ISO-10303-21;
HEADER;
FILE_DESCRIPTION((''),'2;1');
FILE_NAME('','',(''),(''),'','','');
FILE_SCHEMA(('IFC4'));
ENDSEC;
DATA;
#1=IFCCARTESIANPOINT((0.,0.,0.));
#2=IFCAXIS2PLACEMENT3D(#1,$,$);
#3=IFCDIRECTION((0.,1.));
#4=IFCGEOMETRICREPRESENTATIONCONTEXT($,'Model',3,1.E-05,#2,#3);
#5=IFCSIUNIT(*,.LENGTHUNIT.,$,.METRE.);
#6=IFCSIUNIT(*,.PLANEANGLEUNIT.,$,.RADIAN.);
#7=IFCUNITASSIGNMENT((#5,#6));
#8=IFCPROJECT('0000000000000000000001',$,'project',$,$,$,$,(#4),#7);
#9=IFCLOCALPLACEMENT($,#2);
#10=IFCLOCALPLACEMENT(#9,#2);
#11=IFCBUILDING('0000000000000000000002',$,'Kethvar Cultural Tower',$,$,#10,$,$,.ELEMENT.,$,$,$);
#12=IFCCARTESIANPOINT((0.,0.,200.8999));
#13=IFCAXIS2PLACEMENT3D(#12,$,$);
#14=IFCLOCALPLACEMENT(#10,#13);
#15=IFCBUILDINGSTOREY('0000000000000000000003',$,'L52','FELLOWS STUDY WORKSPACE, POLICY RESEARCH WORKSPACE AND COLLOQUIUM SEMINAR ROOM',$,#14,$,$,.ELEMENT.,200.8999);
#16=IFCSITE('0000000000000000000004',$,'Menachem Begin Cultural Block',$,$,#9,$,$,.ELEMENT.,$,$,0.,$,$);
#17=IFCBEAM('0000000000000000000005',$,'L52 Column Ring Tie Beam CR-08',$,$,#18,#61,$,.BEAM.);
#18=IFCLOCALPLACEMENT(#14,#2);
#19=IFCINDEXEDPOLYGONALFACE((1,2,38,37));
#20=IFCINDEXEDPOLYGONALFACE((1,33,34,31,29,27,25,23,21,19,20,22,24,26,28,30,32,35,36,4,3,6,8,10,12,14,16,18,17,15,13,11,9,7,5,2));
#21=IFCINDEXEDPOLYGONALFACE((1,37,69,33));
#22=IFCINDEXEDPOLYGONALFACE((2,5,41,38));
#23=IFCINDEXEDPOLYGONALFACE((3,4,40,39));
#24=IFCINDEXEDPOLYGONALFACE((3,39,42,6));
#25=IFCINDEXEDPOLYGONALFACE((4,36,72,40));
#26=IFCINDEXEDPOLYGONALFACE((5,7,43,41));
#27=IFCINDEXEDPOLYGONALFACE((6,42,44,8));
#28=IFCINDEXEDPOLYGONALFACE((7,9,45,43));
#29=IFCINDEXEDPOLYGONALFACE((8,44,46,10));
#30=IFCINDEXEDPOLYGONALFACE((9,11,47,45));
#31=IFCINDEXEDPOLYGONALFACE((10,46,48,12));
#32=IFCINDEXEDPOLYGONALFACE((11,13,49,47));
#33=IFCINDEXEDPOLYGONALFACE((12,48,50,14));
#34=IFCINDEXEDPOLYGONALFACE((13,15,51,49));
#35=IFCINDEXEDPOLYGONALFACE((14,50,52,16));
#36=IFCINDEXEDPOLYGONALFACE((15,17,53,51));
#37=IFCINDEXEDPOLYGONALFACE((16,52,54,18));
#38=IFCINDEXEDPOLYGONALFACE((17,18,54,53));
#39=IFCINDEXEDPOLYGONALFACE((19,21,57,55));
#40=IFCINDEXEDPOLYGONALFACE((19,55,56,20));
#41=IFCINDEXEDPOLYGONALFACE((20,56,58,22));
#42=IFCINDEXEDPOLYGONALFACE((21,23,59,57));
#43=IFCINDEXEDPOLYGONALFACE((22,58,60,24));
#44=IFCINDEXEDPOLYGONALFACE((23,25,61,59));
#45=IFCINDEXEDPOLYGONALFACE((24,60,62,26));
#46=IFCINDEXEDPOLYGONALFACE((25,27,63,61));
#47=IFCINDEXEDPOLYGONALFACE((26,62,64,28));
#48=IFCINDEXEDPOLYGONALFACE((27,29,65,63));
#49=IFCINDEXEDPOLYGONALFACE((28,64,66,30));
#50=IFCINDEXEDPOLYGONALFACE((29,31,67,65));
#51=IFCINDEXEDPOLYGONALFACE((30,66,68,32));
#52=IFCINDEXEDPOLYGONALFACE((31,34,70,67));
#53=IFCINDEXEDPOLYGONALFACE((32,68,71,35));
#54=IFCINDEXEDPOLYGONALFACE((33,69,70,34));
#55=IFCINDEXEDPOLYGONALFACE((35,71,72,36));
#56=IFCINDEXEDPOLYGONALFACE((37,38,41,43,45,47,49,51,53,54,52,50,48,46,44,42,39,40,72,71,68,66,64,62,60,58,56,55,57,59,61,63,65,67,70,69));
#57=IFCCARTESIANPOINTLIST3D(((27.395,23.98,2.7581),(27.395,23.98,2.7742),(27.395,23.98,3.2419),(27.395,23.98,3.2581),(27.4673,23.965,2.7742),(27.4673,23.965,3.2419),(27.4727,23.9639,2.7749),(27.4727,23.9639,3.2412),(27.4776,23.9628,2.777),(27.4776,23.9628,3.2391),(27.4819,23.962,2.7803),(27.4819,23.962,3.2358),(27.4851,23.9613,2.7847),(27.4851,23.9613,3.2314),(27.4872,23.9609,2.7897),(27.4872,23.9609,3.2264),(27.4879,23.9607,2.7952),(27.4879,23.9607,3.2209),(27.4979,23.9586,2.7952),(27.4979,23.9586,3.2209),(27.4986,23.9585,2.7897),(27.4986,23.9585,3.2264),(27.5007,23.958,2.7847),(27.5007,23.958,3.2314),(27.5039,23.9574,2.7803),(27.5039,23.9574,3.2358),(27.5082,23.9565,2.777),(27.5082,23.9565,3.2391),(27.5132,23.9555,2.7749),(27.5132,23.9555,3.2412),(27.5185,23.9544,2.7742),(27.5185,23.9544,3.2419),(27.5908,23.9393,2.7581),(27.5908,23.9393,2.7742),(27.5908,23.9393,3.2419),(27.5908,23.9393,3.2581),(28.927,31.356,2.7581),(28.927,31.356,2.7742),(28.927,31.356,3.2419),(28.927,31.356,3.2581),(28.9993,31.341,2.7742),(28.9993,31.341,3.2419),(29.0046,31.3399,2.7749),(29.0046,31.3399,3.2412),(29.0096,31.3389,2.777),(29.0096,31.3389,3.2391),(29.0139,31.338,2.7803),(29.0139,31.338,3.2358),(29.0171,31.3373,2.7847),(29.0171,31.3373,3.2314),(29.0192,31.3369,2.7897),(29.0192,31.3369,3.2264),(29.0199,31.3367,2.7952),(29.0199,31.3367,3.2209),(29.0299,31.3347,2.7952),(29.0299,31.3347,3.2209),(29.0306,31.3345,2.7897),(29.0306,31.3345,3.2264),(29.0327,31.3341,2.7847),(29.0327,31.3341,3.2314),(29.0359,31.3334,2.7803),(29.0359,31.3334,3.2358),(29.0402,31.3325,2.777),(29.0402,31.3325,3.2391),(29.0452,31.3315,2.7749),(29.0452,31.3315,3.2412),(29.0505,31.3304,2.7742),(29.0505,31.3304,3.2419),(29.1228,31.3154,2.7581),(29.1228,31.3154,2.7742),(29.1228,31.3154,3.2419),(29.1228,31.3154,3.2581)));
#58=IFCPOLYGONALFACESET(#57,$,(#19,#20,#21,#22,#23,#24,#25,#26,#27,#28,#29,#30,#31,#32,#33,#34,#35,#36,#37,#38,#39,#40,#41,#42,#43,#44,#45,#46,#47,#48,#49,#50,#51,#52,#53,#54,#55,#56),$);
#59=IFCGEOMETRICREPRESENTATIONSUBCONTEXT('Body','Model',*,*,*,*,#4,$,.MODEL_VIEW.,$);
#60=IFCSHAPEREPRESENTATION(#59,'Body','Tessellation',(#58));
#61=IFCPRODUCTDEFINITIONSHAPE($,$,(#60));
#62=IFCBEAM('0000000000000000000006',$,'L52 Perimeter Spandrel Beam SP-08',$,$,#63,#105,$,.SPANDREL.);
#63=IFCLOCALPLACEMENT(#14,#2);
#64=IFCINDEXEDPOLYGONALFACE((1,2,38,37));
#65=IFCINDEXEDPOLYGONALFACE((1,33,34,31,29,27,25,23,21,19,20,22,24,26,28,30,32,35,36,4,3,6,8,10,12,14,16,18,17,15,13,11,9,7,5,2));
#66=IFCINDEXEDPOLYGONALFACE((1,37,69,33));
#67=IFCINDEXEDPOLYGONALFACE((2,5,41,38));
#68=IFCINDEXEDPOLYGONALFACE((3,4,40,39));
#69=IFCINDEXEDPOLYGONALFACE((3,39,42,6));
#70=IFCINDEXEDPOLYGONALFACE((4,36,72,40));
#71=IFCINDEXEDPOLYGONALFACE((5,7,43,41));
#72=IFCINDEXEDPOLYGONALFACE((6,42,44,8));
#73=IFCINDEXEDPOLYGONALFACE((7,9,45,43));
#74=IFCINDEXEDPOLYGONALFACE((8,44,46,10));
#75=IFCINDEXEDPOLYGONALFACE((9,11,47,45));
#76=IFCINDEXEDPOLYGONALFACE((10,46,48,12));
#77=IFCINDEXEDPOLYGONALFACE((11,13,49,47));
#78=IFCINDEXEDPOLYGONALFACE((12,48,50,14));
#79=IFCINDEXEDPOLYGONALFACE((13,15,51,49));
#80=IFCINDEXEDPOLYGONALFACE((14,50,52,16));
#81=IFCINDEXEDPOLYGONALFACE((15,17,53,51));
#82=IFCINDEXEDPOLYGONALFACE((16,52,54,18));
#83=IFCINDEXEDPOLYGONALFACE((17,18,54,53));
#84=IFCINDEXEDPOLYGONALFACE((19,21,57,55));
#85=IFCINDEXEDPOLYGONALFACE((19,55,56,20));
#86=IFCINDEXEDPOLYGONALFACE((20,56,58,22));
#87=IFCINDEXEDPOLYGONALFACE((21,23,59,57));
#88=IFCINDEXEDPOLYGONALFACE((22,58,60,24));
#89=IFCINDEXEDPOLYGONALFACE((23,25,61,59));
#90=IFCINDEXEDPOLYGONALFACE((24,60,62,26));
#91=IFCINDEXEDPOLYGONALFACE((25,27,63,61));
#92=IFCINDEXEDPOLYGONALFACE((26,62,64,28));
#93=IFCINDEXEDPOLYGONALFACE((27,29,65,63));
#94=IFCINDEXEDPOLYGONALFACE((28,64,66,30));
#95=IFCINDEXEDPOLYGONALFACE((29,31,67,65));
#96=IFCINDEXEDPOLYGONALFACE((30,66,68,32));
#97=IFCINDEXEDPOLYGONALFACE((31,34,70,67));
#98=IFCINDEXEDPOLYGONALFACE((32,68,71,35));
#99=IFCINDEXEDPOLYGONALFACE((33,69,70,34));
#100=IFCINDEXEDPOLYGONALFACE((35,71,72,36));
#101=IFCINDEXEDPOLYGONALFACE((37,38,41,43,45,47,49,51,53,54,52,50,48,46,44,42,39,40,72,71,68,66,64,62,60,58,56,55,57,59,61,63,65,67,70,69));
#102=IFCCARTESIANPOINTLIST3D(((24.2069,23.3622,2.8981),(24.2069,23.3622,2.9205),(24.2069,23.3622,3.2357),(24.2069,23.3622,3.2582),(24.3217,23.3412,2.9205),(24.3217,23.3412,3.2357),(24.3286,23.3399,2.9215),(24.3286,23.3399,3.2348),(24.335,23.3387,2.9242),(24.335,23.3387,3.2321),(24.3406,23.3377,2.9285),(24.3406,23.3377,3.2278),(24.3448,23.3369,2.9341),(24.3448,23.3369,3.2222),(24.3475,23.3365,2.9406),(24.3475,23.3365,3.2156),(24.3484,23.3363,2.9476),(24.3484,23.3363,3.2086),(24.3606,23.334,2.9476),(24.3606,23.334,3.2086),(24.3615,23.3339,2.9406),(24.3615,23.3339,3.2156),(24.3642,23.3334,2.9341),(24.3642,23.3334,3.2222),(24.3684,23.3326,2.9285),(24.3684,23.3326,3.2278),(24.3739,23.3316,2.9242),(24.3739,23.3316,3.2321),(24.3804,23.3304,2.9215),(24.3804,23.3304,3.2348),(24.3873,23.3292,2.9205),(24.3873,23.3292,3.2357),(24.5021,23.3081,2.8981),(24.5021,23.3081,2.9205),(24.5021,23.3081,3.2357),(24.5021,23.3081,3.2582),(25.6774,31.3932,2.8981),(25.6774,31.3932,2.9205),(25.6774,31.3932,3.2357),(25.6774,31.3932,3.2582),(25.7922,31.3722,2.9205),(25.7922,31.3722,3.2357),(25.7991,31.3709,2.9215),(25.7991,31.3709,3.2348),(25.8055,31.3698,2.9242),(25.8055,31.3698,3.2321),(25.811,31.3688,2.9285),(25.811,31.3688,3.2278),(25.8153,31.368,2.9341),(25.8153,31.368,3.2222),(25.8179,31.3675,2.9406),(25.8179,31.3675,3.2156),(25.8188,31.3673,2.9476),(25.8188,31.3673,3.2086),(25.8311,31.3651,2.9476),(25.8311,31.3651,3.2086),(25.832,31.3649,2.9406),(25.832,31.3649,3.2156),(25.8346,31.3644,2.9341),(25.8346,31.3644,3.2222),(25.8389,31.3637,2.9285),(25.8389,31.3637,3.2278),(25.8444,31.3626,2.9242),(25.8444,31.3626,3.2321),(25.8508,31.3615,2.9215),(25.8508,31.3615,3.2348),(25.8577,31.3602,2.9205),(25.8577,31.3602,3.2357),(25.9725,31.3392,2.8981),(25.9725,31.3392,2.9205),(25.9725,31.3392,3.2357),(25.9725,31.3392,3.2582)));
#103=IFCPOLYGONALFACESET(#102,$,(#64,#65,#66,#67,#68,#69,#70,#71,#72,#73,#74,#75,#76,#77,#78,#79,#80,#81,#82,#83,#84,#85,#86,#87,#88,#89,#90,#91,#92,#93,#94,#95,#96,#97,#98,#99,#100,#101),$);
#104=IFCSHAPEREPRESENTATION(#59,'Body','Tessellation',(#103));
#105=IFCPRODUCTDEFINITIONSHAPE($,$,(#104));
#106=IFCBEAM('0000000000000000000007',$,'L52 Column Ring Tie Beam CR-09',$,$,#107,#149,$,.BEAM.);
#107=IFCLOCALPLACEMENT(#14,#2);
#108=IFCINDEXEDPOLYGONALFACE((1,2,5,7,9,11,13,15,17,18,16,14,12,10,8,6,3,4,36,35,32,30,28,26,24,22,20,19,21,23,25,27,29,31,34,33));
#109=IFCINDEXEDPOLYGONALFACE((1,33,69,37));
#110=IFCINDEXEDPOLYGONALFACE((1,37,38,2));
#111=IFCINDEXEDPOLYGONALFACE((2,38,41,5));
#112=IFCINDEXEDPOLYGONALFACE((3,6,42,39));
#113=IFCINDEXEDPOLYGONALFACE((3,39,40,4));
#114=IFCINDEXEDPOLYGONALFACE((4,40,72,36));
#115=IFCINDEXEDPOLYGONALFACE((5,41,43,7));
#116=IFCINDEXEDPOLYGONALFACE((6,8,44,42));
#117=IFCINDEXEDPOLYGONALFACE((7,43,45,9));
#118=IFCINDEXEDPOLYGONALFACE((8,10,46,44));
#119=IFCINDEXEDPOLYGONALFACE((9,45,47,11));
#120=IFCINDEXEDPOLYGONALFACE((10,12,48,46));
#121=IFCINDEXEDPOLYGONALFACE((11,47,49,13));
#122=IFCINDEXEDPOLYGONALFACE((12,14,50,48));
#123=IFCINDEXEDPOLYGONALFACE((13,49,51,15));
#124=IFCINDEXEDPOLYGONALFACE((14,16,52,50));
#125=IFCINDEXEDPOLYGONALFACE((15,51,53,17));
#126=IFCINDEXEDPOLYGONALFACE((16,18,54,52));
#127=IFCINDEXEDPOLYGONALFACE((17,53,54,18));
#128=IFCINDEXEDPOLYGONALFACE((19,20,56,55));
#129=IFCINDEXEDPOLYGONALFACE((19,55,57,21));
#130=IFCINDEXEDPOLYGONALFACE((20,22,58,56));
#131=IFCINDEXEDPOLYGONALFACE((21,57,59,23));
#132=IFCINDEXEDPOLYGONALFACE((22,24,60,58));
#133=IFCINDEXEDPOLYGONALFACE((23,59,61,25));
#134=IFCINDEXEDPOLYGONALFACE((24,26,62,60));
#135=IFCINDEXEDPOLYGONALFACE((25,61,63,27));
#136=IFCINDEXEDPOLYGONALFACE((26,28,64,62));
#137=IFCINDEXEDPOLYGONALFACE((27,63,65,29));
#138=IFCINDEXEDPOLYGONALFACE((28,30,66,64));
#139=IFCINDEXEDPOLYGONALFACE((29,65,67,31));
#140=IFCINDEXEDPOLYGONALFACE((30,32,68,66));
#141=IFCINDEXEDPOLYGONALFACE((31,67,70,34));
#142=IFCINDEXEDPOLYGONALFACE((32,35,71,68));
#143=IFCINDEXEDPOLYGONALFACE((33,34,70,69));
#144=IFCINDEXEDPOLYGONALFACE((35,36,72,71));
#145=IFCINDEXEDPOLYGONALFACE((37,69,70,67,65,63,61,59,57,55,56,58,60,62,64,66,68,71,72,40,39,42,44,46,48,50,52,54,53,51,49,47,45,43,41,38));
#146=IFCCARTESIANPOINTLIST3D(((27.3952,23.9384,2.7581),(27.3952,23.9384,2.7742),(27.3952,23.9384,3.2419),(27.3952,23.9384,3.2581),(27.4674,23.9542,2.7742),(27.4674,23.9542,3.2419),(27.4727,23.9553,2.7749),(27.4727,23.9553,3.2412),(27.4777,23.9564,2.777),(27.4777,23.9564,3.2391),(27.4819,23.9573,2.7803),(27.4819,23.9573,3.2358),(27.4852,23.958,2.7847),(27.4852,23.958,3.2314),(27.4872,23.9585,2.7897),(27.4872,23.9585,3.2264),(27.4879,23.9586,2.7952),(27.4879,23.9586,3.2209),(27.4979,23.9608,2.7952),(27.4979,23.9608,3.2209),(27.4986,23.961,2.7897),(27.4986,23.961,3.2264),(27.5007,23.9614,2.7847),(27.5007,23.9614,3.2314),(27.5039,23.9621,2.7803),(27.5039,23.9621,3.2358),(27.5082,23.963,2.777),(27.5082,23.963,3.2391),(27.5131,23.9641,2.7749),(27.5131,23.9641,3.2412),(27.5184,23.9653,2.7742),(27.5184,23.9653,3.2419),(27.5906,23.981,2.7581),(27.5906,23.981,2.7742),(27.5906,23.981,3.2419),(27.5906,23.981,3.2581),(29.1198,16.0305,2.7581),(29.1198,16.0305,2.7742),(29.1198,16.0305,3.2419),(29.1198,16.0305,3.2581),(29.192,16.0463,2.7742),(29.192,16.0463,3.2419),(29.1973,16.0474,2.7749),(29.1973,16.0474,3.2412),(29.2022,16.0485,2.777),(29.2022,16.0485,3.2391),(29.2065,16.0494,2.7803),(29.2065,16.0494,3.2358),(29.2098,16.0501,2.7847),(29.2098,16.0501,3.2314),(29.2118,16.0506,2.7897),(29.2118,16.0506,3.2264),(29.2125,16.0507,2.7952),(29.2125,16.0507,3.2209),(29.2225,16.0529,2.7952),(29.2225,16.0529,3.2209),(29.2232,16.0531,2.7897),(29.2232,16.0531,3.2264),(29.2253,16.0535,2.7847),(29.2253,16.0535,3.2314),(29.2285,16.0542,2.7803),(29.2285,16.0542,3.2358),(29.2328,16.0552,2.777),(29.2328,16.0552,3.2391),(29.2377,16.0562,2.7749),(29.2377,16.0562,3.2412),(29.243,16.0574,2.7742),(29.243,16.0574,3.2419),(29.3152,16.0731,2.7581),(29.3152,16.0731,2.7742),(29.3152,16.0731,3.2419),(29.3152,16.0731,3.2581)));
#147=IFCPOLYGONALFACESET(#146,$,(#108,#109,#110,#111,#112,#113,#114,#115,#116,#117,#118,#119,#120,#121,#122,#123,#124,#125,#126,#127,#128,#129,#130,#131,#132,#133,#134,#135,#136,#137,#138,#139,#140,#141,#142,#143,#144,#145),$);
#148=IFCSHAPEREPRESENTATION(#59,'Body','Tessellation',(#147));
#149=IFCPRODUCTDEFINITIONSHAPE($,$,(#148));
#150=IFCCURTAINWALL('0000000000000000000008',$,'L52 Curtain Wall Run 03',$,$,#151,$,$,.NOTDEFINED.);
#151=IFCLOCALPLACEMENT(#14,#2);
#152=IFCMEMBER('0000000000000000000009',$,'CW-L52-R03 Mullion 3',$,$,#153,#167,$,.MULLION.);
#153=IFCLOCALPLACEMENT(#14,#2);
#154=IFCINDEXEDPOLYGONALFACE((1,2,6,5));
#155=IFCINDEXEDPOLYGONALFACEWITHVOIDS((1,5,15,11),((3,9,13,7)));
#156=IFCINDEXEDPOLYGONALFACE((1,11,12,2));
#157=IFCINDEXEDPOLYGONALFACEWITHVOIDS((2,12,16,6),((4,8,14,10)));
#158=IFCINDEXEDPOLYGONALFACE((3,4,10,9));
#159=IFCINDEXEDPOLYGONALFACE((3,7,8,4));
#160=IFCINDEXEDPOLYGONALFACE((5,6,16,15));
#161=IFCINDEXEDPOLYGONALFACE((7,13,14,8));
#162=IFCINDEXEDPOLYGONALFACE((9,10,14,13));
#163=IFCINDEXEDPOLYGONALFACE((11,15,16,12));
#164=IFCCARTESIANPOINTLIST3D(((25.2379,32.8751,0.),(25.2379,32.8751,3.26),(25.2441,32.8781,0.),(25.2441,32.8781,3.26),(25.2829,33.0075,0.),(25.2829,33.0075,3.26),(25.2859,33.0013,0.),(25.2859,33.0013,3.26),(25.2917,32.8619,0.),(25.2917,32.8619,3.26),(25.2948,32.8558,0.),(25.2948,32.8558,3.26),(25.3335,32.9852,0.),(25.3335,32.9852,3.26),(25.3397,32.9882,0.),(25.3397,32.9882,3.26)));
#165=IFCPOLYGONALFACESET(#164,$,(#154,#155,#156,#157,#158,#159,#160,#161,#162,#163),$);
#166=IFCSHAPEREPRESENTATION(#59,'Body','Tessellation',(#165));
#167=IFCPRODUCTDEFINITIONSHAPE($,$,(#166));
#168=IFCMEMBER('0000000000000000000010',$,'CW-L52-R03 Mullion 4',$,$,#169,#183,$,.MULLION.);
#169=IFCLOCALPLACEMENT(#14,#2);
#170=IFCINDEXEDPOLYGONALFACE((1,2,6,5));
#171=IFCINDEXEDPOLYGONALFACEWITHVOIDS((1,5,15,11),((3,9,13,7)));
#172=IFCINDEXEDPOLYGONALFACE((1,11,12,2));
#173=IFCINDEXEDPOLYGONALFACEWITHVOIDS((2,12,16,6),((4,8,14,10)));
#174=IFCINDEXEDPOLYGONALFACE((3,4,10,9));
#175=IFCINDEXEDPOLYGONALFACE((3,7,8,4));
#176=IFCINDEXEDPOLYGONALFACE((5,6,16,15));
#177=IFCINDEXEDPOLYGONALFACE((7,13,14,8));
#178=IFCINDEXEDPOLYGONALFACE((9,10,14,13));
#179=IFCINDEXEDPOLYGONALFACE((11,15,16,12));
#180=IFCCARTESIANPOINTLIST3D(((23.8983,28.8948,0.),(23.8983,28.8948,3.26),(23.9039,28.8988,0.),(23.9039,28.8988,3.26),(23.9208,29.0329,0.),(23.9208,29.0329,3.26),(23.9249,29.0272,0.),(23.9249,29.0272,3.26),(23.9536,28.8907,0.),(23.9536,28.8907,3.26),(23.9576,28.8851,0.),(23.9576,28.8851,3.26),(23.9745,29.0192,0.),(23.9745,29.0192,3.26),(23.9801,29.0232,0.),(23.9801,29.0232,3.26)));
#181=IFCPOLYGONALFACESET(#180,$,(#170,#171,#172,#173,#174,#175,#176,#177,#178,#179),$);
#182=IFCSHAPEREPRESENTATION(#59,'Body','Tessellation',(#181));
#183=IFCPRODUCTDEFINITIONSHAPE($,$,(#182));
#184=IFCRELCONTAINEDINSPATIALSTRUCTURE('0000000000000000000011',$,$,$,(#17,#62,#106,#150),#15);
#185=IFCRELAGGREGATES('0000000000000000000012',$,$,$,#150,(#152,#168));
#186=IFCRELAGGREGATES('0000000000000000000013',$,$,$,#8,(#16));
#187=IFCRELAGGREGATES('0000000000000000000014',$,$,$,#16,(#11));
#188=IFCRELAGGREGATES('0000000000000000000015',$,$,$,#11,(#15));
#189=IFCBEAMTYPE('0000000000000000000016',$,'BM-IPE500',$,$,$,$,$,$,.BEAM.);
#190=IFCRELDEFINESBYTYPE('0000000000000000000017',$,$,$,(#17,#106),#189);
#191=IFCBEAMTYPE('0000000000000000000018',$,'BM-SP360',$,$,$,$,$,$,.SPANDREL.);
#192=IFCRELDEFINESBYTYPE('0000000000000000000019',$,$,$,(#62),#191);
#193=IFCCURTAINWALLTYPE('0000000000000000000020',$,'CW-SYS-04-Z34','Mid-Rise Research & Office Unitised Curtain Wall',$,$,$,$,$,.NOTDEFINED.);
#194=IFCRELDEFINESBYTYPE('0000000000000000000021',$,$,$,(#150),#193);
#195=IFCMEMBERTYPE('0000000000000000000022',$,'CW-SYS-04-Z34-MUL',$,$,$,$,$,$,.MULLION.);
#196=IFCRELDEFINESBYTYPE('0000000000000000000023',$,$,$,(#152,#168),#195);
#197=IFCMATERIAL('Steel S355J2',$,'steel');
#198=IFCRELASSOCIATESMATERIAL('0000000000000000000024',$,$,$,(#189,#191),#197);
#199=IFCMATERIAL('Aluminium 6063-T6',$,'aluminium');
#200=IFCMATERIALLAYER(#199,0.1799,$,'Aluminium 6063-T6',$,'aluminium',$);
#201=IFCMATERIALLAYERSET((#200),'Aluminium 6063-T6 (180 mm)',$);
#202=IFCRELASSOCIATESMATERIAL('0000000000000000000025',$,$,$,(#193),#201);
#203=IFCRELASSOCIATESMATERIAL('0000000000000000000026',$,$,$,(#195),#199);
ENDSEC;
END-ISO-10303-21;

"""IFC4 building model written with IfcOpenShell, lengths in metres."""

from ifc_helpers import new_model, si_unit, direction, frame, origin, origin_2d, place, context, subcontext, project, spatial, hollow_rectangle, i_section, extrude, source, transform, mapped, material, layer, layer_set, material_profile, profile_set, type_object, element, aggregate, save


model = new_model("IFC4")

# Units and contexts
model_context = context("Model", 3, precision=1e-05, world=origin(), true_north=direction((0.0, 1.0)))
body_context = subcontext(model_context, "Body", "Model", "MODEL_VIEW")
ifc_project = project(units=[si_unit("LENGTHUNIT", "METRE"), si_unit("PLANEANGLEUNIT", "RADIAN")], contexts=[model_context])

# Site, building, storey
site_placement = place(None, origin())
site = spatial("IfcSite", under=ifc_project, at=site_placement, Name="Menachem Begin Cultural Block", CompositionType="ELEMENT", RefElevation=0.0)
building_placement = place(site_placement, origin())
building = spatial("IfcBuilding", under=site, at=building_placement, Name="Kethvar Cultural Tower", CompositionType="ELEMENT")
storey_placement = place(building_placement, frame((0.0, 0.0, 200.8999)))
storey = spatial("IfcBuildingStorey", under=building, at=storey_placement, Name="L52", Description="FELLOWS STUDY WORKSPACE, POLICY RESEARCH WORKSPACE AND COLLOQUIUM SEMINAR ROOM", CompositionType="ELEMENT", Elevation=200.8999)

# Beams
ifc_material_1 = material(Name="Steel S355J2", Category="steel")
ifc_material_profile_1 = material_profile(ifc_material_1, i_section(OverallWidth=0.2, OverallDepth=0.5, WebThickness=0.0103, FlangeThickness=0.0161, FilletRadius=0.021, at=origin_2d()), Name="Steel S355J2 — IPE500")
ifc_profile_set_1 = profile_set([ifc_material_profile_1], Name="Steel S355J2 — IPE500")
beam_type_1 = type_object("IfcBeamType", Name="BM-IPE500", PredefinedType="BEAM", material=ifc_profile_set_1)
shared_shape_1 = source(origin(), body_context, "Body", "SweptSolid", [
    extrude(i_section(OverallWidth=0.2, OverallDepth=0.5, WebThickness=0.0103, FlangeThickness=0.0161, FilletRadius=0.021, at=origin_2d()), origin(), (0.0, 0.0, 1.0), 7.5334),
])
beam_1_placement = place(storey_placement, frame((29.0249, 31.3357, 3.0081), z_axis=(-0.203359, -0.979104, 0.0), x_axis=(0.979104, -0.203359, 0.0)))
element("IfcBeam", 1, at=beam_1_placement, inside=storey, type_object=beam_type_1, Name="L52 Column Ring Tie Beam CR-08", PredefinedType="BEAM", context=body_context, shape_type="MappedRepresentation", body=[
    mapped(shared_shape_1, transform((0.0, 0.0, 0.0), scale=1.0)),
])
ifc_material_profile_2 = material_profile(ifc_material_1, i_section(OverallWidth=0.3, OverallDepth=0.3601, WebThickness=0.0125, FlangeThickness=0.0225, FilletRadius=0.0271, at=origin_2d()), Name="Steel S355J2 — HEB360")
ifc_profile_set_2 = profile_set([ifc_material_profile_2], Name="Steel S355J2 — HEB360")
beam_type_2 = type_object("IfcBeamType", Name="BM-SP360", PredefinedType="SPANDREL", material=ifc_profile_set_2)
shared_shape_2 = source(origin(), body_context, "Body", "SweptSolid", [
    extrude(i_section(OverallWidth=0.3, OverallDepth=0.3601, WebThickness=0.0125, FlangeThickness=0.0225, FilletRadius=0.0271, at=origin_2d()), origin(), (0.0, 0.0, 1.0), 8.1646),
])
beam_2_placement = place(storey_placement, frame((25.825, 31.3662, 3.0781), z_axis=(-0.180104, -0.983648, 0.0), x_axis=(0.983648, -0.180104, 0.0)))
element("IfcBeam", 2, at=beam_2_placement, inside=storey, type_object=beam_type_2, Name="L52 Perimeter Spandrel Beam SP-08", PredefinedType="SPANDREL", context=body_context, shape_type="MappedRepresentation", body=[
    mapped(shared_shape_2, transform((0.0, 0.0, 0.0), scale=1.0)),
])
shared_shape_3 = source(origin(), body_context, "Body", "SweptSolid", [
    extrude(i_section(OverallWidth=0.2, OverallDepth=0.5, WebThickness=0.0103, FlangeThickness=0.0161, FilletRadius=0.021, at=origin_2d()), origin(), (0.0, 0.0, 1.0), 8.0938),
])
beam_3_placement = place(storey_placement, frame((27.4929, 23.9597, 3.0081), z_axis=(0.213077, -0.977035, 0.0), x_axis=(0.977035, 0.213077, 0.0)))
element("IfcBeam", 3, at=beam_3_placement, inside=storey, type_object=beam_type_1, Name="L52 Column Ring Tie Beam CR-09", PredefinedType="BEAM", context=body_context, shape_type="MappedRepresentation", body=[
    mapped(shared_shape_3, transform((0.0, 0.0, 0.0), scale=1.0)),
])

# Curtain wall, members
ifc_material_2 = material(Name="Aluminium 6063-T6", Category="aluminium")
ifc_layer_1 = layer(ifc_material_2, 0.1799, Name="Aluminium 6063-T6", Category="aluminium")
ifc_layer_set_1 = layer_set([ifc_layer_1], Name="Aluminium 6063-T6 (180 mm)")
curtain_wall_type = type_object("IfcCurtainWallType", Name="CW-SYS-04-Z34", Description="Mid-Rise Research & Office Unitised Curtain Wall", PredefinedType="NOTDEFINED", material=ifc_layer_set_1)
curtain_wall_placement = place(storey_placement, origin())
curtain_wall = element("IfcCurtainWall", 4, at=curtain_wall_placement, inside=storey, type_object=curtain_wall_type, Name="L52 Curtain Wall Run 03", PredefinedType="NOTDEFINED")
ifc_material_profile_3 = material_profile(ifc_material_2, hollow_rectangle(XDim=0.0601, YDim=0.1399, WallThickness=0.0049, at=origin_2d()), Name="Aluminium 6063-T6 — RHS140x60x5")
ifc_profile_set_3 = profile_set([ifc_material_profile_3], Name="Aluminium 6063-T6 — RHS140x60x5")
member_type_1 = type_object("IfcMemberType", Name="CW-SYS-04-Z34-MUL", PredefinedType="MULLION", material=ifc_profile_set_3)
shared_shape_4 = source(origin(), body_context, "Body", "SweptSolid", [
    extrude(hollow_rectangle(XDim=0.0601, YDim=0.1399, WallThickness=0.0049, at=origin_2d()), origin(), (0.0, 0.0, 1.0), 3.26),
])
member_1_placement = place(storey_placement, frame((25.2888, 32.9316, 0.0), z_axis=(0.0, 0.0, 1.0), x_axis=(0.946969, -0.321324, 0.0)))
member_1 = element("IfcMember", 5, at=member_1_placement, type_object=member_type_1, Name="CW-L52-R03 Mullion 3", PredefinedType="MULLION", context=body_context, shape_type="MappedRepresentation", body=[
    mapped(shared_shape_4, transform((0.0, 0.0, 0.0), scale=1.0)),
])
member_2_placement = place(storey_placement, frame((23.9392, 28.959, 0.0), z_axis=(0.0, 0.0, 1.0), x_axis=(0.98698, -0.160846, 0.0)))
member_2 = element("IfcMember", 6, at=member_2_placement, type_object=member_type_1, Name="CW-L52-R03 Mullion 4", PredefinedType="MULLION", context=body_context, shape_type="MappedRepresentation", body=[
    mapped(shared_shape_4, transform((0.0, 0.0, 0.0), scale=1.0)),
])
aggregate(curtain_wall, [member_1, member_2])

save(model, "model.ifc")
